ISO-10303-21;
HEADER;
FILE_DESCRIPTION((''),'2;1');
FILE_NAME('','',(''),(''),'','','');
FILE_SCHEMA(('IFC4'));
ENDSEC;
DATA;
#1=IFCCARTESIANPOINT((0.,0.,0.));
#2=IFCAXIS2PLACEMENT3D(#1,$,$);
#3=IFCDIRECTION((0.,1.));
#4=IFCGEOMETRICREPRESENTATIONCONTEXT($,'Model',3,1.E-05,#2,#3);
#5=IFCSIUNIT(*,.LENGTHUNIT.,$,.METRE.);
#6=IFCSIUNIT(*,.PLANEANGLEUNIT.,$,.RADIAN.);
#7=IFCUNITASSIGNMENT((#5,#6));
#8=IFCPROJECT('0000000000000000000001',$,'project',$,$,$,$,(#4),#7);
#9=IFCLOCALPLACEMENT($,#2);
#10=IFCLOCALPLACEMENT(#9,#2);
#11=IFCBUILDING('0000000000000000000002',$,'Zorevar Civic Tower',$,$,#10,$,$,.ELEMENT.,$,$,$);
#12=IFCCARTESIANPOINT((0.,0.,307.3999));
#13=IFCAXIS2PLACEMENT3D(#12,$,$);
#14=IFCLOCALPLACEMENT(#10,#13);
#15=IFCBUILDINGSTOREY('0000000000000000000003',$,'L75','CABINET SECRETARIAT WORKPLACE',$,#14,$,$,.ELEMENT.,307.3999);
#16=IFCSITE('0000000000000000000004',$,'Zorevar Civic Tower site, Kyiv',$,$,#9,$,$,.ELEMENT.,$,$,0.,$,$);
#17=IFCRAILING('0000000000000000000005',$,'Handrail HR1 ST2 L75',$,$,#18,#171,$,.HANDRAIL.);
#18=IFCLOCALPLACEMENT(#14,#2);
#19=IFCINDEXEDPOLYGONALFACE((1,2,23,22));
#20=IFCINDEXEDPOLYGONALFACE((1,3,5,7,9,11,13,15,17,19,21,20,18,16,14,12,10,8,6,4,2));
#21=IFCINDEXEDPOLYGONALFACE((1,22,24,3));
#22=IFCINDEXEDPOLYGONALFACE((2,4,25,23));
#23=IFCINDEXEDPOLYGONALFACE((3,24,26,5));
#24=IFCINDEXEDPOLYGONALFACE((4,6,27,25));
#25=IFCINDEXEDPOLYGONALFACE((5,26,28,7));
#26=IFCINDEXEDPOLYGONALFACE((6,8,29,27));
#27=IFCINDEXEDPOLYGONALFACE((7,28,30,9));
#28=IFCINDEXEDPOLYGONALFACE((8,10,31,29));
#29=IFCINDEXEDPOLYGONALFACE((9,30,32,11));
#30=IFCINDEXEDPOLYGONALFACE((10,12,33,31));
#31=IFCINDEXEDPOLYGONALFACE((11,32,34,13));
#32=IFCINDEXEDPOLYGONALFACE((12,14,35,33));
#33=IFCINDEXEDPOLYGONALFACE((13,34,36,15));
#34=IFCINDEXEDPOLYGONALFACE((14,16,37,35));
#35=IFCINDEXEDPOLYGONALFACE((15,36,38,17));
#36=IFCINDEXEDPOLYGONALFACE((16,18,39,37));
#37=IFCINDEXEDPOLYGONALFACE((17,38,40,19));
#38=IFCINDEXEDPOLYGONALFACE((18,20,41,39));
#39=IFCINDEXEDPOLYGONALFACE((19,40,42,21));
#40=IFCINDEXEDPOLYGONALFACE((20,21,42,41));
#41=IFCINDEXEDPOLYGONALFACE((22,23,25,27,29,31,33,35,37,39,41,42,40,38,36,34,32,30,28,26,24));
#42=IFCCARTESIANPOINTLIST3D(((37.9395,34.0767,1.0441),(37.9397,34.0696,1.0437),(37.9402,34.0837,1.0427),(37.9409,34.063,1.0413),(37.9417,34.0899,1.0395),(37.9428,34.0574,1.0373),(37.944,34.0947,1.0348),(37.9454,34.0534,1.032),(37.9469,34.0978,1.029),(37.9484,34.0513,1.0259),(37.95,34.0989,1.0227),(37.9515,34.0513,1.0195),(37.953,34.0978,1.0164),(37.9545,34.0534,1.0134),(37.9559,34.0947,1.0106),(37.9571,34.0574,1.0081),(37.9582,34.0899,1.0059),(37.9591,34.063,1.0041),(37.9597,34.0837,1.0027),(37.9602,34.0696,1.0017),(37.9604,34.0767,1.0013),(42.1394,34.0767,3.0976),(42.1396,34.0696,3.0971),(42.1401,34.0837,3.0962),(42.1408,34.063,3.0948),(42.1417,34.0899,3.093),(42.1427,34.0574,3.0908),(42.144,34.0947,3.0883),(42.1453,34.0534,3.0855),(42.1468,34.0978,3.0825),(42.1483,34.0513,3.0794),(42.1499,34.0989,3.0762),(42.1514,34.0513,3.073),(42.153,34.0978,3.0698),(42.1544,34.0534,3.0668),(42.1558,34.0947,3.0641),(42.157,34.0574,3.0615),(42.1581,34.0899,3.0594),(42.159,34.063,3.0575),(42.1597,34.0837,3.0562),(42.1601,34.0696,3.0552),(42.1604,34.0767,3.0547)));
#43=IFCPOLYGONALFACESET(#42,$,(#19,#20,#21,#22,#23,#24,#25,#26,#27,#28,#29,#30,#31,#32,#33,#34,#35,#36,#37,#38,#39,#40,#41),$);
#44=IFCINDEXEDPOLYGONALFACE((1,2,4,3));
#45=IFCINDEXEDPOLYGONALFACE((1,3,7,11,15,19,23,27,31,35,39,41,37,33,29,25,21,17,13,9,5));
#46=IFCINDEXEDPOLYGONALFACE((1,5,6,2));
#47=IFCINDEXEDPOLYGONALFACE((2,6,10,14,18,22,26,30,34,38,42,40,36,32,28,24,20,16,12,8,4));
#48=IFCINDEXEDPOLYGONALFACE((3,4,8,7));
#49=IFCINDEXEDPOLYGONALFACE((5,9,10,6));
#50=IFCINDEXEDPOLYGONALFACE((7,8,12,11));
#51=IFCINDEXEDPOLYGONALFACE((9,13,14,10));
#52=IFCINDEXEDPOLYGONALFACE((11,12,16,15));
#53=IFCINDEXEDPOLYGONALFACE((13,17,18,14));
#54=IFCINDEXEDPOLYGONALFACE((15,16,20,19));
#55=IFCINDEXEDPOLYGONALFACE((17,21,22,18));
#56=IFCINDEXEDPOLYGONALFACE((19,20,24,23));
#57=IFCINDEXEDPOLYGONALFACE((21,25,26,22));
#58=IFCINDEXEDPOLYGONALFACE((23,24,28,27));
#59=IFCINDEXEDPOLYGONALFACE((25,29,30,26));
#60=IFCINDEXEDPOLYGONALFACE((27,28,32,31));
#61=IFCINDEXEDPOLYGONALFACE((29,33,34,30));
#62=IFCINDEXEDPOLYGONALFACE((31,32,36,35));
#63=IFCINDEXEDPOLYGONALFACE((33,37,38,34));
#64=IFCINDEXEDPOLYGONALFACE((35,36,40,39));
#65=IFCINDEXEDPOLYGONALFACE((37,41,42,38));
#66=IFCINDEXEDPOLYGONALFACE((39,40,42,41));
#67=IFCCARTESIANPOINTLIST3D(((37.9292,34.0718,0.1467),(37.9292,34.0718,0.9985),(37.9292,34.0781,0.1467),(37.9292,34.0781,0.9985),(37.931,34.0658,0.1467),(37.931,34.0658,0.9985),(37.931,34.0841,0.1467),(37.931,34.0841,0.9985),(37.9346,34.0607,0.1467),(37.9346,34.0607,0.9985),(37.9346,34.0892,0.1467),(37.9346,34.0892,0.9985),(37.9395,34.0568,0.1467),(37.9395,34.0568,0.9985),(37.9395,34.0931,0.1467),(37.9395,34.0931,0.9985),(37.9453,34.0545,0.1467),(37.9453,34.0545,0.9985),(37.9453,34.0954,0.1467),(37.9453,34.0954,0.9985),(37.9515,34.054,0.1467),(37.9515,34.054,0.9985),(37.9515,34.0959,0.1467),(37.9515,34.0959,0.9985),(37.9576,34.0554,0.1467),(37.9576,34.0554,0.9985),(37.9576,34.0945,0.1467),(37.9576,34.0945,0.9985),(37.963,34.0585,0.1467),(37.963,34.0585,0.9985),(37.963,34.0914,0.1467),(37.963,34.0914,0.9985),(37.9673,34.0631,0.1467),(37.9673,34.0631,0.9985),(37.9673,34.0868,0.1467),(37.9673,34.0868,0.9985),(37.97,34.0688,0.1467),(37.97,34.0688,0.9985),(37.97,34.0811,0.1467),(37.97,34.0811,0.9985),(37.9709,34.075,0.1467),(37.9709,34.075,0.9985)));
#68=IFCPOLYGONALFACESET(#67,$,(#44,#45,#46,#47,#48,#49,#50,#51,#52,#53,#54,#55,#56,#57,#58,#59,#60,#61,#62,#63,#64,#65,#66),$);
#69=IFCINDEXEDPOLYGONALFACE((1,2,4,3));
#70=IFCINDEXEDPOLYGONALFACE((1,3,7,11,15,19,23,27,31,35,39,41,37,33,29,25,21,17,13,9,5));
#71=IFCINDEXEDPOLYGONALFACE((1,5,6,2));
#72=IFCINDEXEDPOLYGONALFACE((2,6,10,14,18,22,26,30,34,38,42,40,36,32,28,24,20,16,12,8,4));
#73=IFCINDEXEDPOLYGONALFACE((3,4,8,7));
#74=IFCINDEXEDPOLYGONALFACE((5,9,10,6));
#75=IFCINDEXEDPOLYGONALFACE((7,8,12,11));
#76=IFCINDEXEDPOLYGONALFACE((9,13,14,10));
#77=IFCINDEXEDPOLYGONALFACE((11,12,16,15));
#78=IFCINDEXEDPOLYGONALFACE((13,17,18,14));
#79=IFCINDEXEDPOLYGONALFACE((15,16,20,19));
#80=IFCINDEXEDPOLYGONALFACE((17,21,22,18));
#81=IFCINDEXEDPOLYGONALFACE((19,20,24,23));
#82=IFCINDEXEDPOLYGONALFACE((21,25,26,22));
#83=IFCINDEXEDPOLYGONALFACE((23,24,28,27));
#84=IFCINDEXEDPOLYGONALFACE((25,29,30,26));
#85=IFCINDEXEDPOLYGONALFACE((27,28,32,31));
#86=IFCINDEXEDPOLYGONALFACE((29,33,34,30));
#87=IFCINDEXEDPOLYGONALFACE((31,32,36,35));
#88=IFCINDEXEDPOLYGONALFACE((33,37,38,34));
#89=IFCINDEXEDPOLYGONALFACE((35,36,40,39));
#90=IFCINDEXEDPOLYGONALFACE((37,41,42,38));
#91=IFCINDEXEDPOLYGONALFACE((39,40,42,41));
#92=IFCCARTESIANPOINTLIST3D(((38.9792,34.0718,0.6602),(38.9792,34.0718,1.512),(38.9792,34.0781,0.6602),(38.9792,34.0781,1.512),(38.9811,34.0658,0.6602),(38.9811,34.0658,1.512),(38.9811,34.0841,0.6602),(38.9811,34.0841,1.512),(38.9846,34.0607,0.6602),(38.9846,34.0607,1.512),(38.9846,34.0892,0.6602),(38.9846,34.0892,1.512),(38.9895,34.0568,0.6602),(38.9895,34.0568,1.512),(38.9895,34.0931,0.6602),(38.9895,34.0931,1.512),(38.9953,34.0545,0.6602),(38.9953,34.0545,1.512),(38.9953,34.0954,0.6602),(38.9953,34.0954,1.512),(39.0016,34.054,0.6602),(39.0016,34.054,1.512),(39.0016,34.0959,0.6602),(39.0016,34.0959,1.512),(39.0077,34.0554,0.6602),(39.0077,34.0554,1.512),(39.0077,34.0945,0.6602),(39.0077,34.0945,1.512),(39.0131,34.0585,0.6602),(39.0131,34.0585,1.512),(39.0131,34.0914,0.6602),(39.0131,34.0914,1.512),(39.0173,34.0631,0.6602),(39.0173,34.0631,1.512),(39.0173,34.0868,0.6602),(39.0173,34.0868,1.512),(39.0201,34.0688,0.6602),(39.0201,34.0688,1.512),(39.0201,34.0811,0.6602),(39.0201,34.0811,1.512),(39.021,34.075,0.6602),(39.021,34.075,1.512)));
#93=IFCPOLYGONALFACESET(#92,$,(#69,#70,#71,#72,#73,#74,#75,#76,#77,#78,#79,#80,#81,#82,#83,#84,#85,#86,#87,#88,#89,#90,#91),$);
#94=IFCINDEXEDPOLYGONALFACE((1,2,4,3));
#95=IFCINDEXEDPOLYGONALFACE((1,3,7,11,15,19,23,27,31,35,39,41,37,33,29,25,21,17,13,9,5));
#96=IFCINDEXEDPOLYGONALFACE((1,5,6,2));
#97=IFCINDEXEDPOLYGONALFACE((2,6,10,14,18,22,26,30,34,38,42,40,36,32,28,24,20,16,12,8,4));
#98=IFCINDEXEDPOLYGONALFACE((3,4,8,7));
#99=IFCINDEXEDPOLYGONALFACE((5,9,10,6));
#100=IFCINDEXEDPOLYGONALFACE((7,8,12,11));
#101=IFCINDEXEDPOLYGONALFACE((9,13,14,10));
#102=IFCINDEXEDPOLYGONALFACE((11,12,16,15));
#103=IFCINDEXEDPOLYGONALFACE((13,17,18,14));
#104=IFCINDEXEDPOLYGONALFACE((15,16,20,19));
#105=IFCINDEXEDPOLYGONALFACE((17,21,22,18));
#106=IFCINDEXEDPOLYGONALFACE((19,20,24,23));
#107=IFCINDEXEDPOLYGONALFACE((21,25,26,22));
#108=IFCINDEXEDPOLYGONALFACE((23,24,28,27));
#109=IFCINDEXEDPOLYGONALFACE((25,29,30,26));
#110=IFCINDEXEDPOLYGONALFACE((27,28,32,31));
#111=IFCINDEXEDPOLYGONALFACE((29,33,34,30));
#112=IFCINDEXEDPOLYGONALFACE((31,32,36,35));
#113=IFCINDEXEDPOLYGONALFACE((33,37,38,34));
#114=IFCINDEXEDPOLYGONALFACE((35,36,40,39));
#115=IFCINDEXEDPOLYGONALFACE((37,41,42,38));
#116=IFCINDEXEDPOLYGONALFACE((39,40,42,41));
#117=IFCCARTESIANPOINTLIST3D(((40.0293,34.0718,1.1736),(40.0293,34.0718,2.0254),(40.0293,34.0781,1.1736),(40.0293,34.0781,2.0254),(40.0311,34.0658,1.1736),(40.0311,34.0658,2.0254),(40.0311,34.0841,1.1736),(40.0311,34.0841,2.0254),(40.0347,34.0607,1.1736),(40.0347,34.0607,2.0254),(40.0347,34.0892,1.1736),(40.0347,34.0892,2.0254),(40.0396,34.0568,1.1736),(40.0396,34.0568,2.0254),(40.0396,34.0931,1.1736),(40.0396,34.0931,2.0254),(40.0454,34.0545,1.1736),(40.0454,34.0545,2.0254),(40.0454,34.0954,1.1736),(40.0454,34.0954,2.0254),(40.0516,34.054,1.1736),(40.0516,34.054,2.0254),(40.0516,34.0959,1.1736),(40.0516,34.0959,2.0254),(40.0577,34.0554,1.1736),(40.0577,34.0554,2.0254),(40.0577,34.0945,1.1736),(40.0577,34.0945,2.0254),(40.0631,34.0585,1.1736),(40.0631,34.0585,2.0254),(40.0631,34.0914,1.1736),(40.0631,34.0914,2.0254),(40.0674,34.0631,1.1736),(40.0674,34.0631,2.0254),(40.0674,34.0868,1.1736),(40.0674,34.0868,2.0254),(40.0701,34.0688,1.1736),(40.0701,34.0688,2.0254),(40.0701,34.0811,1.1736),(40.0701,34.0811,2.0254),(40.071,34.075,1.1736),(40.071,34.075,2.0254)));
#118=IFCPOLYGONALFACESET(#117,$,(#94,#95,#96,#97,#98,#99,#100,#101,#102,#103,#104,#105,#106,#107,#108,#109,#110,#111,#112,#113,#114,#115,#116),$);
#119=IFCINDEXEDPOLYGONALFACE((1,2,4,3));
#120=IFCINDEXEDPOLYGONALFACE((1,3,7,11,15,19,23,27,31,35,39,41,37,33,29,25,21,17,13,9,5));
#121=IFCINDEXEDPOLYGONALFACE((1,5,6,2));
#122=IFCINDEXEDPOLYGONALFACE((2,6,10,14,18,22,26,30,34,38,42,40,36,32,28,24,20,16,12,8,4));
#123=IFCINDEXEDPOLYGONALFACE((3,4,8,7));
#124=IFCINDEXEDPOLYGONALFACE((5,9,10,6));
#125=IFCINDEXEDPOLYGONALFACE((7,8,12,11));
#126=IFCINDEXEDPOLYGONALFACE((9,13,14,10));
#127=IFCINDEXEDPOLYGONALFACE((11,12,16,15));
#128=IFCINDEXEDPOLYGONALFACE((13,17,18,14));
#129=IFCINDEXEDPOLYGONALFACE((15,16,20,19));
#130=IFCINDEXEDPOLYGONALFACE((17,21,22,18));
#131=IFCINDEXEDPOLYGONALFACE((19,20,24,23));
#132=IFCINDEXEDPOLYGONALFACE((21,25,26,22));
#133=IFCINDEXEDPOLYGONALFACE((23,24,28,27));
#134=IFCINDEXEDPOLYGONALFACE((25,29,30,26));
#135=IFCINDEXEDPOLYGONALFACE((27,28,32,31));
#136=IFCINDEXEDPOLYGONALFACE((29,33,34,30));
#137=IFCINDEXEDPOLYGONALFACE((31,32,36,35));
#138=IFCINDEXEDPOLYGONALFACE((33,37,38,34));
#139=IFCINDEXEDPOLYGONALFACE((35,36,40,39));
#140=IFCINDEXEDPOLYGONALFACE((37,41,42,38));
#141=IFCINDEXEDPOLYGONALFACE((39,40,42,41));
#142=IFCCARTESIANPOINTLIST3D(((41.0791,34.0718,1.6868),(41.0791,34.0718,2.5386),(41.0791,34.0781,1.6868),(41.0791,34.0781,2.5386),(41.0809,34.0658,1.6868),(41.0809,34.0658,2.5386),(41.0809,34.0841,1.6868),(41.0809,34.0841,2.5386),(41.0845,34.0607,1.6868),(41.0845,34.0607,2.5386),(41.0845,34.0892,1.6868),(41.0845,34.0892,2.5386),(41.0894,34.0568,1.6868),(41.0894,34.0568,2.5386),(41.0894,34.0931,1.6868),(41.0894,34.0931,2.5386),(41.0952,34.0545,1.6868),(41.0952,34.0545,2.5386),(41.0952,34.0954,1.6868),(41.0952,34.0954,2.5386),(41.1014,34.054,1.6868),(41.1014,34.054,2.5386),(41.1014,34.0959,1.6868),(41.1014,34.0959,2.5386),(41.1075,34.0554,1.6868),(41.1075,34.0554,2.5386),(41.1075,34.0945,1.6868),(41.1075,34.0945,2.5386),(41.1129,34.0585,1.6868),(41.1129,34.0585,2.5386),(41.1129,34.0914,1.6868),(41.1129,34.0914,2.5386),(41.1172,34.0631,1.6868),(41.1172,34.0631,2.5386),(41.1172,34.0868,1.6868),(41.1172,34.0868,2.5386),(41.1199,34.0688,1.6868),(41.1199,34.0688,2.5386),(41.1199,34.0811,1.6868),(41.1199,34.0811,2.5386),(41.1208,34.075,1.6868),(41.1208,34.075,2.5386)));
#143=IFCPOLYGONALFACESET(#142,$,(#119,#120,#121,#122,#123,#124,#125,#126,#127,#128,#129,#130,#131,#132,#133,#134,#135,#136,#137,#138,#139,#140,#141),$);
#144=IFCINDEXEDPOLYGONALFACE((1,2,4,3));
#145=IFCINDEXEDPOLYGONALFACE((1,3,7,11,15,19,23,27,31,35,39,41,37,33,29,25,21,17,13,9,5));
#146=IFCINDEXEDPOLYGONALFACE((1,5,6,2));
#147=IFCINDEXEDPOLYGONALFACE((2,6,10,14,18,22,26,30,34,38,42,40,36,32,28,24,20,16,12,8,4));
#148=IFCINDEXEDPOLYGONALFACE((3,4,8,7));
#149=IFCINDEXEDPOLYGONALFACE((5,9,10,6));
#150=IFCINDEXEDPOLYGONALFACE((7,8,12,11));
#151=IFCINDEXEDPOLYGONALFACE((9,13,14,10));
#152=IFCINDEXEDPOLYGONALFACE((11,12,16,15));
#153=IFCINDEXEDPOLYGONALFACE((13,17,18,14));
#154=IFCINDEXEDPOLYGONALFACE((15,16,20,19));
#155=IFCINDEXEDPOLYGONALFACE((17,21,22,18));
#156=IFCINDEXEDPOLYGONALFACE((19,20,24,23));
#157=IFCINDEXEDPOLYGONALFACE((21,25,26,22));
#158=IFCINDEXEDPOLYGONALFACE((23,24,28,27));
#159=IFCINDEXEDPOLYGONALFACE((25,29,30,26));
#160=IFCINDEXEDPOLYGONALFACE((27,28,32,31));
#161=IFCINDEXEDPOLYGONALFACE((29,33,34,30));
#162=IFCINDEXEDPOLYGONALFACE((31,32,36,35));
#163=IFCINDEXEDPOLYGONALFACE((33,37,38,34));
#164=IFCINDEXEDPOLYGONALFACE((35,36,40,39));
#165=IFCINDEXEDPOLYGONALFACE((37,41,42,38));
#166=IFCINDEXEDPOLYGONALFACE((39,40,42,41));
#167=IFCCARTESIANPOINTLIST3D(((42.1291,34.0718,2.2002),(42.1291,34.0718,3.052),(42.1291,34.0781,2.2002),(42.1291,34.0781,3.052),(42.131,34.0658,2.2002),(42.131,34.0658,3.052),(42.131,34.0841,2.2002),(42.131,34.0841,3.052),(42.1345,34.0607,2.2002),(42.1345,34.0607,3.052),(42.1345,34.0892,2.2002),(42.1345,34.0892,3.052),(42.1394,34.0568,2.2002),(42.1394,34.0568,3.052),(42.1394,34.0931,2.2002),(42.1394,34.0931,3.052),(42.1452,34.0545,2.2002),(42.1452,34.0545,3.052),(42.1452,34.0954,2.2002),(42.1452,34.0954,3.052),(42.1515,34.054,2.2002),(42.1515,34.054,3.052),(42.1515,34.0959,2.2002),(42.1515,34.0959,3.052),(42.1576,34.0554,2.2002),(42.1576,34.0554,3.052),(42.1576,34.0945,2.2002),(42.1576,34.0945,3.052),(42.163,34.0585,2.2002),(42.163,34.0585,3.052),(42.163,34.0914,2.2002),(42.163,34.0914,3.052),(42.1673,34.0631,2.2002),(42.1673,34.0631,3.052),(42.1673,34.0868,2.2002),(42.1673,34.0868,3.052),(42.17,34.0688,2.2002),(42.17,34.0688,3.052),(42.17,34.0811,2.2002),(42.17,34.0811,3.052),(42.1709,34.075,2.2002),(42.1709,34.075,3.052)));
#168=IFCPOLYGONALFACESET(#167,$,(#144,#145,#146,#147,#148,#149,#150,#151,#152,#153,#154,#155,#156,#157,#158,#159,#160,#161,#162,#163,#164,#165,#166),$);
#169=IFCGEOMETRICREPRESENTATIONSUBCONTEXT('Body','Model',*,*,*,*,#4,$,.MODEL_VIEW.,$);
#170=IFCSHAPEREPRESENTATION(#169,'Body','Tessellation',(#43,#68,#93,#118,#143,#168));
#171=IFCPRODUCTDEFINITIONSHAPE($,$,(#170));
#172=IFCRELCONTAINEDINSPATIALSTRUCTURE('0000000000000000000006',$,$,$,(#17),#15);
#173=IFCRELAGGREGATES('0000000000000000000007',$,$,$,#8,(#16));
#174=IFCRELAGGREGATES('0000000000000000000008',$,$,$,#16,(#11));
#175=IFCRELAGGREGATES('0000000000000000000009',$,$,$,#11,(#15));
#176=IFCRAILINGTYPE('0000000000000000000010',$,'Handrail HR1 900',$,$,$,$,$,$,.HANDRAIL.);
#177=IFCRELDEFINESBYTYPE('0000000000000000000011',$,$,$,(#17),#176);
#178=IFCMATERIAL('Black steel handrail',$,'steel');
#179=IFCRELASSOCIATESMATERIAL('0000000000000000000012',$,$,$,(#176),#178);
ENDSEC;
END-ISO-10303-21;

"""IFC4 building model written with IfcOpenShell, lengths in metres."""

from ifc_helpers import new_model, si_unit, direction, frame, origin, origin_2d, place, context, subcontext, project, spatial, circle, extrude, material, type_object, element, save


model = new_model("IFC4")

# Units and contexts
model_context = context("Model", 3, precision=1e-05, world=origin(), true_north=direction((0.0, 1.0)))
body_context = subcontext(model_context, "Body", "Model", "MODEL_VIEW")
ifc_project = project(units=[si_unit("LENGTHUNIT", "METRE"), si_unit("PLANEANGLEUNIT", "RADIAN")], contexts=[model_context])

# Site, building, storey
site_placement = place(None, origin())
site = spatial("IfcSite", under=ifc_project, at=site_placement, Name="Zorevar Civic Tower site, Kyiv", CompositionType="ELEMENT", RefElevation=0.0)
building_placement = place(site_placement, origin())
building = spatial("IfcBuilding", under=site, at=building_placement, Name="Zorevar Civic Tower", CompositionType="ELEMENT")
storey_placement = place(building_placement, frame((0.0, 0.0, 307.3999)))
storey = spatial("IfcBuildingStorey", under=building, at=storey_placement, Name="L75", Description="CABINET SECRETARIAT WORKPLACE", CompositionType="ELEMENT", Elevation=307.3999)

# Railing
ifc_material_1 = material(Name="Black steel handrail", Category="steel")
railing_type = type_object("IfcRailingType", Name="Handrail HR1 900", PredefinedType="HANDRAIL", material=ifc_material_1)
railing_placement = place(storey_placement, frame((37.95, 34.075, 0.1467)))
element("IfcRailing", 1, at=railing_placement, inside=storey, type_object=railing_type, Name="Handrail HR1 ST2 L75", PredefinedType="HANDRAIL", context=body_context, shape_type="SweptSolid", body=[
    extrude(circle(Radius=0.0239, at=origin_2d()), frame((0.0, 0.0, 0.876), z_axis=(0.898371, 0.0, 0.439237), x_axis=(0.0, 1.0, 0.0)), (0.0, 0.0, 1.0), 4.675),
    extrude(circle(Radius=0.021, at=origin_2d()), origin(), (0.0, 0.0, 1.0), 0.8518),
    extrude(circle(Radius=0.021, at=origin_2d()), frame((1.05, 0.0, 0.5134)), (0.0, 0.0, 1.0), 0.8518),
    extrude(circle(Radius=0.021, at=origin_2d()), frame((2.1001, 0.0, 1.0269)), (0.0, 0.0, 1.0), 0.8518),
    extrude(circle(Radius=0.021, at=origin_2d()), frame((3.1499, 0.0, 1.54)), (0.0, 0.0, 1.0), 0.8518),
    extrude(circle(Radius=0.021, at=origin_2d()), frame((4.2, 0.0, 2.0535)), (0.0, 0.0, 1.0), 0.8518),
])

save(model, "model.ifc")
